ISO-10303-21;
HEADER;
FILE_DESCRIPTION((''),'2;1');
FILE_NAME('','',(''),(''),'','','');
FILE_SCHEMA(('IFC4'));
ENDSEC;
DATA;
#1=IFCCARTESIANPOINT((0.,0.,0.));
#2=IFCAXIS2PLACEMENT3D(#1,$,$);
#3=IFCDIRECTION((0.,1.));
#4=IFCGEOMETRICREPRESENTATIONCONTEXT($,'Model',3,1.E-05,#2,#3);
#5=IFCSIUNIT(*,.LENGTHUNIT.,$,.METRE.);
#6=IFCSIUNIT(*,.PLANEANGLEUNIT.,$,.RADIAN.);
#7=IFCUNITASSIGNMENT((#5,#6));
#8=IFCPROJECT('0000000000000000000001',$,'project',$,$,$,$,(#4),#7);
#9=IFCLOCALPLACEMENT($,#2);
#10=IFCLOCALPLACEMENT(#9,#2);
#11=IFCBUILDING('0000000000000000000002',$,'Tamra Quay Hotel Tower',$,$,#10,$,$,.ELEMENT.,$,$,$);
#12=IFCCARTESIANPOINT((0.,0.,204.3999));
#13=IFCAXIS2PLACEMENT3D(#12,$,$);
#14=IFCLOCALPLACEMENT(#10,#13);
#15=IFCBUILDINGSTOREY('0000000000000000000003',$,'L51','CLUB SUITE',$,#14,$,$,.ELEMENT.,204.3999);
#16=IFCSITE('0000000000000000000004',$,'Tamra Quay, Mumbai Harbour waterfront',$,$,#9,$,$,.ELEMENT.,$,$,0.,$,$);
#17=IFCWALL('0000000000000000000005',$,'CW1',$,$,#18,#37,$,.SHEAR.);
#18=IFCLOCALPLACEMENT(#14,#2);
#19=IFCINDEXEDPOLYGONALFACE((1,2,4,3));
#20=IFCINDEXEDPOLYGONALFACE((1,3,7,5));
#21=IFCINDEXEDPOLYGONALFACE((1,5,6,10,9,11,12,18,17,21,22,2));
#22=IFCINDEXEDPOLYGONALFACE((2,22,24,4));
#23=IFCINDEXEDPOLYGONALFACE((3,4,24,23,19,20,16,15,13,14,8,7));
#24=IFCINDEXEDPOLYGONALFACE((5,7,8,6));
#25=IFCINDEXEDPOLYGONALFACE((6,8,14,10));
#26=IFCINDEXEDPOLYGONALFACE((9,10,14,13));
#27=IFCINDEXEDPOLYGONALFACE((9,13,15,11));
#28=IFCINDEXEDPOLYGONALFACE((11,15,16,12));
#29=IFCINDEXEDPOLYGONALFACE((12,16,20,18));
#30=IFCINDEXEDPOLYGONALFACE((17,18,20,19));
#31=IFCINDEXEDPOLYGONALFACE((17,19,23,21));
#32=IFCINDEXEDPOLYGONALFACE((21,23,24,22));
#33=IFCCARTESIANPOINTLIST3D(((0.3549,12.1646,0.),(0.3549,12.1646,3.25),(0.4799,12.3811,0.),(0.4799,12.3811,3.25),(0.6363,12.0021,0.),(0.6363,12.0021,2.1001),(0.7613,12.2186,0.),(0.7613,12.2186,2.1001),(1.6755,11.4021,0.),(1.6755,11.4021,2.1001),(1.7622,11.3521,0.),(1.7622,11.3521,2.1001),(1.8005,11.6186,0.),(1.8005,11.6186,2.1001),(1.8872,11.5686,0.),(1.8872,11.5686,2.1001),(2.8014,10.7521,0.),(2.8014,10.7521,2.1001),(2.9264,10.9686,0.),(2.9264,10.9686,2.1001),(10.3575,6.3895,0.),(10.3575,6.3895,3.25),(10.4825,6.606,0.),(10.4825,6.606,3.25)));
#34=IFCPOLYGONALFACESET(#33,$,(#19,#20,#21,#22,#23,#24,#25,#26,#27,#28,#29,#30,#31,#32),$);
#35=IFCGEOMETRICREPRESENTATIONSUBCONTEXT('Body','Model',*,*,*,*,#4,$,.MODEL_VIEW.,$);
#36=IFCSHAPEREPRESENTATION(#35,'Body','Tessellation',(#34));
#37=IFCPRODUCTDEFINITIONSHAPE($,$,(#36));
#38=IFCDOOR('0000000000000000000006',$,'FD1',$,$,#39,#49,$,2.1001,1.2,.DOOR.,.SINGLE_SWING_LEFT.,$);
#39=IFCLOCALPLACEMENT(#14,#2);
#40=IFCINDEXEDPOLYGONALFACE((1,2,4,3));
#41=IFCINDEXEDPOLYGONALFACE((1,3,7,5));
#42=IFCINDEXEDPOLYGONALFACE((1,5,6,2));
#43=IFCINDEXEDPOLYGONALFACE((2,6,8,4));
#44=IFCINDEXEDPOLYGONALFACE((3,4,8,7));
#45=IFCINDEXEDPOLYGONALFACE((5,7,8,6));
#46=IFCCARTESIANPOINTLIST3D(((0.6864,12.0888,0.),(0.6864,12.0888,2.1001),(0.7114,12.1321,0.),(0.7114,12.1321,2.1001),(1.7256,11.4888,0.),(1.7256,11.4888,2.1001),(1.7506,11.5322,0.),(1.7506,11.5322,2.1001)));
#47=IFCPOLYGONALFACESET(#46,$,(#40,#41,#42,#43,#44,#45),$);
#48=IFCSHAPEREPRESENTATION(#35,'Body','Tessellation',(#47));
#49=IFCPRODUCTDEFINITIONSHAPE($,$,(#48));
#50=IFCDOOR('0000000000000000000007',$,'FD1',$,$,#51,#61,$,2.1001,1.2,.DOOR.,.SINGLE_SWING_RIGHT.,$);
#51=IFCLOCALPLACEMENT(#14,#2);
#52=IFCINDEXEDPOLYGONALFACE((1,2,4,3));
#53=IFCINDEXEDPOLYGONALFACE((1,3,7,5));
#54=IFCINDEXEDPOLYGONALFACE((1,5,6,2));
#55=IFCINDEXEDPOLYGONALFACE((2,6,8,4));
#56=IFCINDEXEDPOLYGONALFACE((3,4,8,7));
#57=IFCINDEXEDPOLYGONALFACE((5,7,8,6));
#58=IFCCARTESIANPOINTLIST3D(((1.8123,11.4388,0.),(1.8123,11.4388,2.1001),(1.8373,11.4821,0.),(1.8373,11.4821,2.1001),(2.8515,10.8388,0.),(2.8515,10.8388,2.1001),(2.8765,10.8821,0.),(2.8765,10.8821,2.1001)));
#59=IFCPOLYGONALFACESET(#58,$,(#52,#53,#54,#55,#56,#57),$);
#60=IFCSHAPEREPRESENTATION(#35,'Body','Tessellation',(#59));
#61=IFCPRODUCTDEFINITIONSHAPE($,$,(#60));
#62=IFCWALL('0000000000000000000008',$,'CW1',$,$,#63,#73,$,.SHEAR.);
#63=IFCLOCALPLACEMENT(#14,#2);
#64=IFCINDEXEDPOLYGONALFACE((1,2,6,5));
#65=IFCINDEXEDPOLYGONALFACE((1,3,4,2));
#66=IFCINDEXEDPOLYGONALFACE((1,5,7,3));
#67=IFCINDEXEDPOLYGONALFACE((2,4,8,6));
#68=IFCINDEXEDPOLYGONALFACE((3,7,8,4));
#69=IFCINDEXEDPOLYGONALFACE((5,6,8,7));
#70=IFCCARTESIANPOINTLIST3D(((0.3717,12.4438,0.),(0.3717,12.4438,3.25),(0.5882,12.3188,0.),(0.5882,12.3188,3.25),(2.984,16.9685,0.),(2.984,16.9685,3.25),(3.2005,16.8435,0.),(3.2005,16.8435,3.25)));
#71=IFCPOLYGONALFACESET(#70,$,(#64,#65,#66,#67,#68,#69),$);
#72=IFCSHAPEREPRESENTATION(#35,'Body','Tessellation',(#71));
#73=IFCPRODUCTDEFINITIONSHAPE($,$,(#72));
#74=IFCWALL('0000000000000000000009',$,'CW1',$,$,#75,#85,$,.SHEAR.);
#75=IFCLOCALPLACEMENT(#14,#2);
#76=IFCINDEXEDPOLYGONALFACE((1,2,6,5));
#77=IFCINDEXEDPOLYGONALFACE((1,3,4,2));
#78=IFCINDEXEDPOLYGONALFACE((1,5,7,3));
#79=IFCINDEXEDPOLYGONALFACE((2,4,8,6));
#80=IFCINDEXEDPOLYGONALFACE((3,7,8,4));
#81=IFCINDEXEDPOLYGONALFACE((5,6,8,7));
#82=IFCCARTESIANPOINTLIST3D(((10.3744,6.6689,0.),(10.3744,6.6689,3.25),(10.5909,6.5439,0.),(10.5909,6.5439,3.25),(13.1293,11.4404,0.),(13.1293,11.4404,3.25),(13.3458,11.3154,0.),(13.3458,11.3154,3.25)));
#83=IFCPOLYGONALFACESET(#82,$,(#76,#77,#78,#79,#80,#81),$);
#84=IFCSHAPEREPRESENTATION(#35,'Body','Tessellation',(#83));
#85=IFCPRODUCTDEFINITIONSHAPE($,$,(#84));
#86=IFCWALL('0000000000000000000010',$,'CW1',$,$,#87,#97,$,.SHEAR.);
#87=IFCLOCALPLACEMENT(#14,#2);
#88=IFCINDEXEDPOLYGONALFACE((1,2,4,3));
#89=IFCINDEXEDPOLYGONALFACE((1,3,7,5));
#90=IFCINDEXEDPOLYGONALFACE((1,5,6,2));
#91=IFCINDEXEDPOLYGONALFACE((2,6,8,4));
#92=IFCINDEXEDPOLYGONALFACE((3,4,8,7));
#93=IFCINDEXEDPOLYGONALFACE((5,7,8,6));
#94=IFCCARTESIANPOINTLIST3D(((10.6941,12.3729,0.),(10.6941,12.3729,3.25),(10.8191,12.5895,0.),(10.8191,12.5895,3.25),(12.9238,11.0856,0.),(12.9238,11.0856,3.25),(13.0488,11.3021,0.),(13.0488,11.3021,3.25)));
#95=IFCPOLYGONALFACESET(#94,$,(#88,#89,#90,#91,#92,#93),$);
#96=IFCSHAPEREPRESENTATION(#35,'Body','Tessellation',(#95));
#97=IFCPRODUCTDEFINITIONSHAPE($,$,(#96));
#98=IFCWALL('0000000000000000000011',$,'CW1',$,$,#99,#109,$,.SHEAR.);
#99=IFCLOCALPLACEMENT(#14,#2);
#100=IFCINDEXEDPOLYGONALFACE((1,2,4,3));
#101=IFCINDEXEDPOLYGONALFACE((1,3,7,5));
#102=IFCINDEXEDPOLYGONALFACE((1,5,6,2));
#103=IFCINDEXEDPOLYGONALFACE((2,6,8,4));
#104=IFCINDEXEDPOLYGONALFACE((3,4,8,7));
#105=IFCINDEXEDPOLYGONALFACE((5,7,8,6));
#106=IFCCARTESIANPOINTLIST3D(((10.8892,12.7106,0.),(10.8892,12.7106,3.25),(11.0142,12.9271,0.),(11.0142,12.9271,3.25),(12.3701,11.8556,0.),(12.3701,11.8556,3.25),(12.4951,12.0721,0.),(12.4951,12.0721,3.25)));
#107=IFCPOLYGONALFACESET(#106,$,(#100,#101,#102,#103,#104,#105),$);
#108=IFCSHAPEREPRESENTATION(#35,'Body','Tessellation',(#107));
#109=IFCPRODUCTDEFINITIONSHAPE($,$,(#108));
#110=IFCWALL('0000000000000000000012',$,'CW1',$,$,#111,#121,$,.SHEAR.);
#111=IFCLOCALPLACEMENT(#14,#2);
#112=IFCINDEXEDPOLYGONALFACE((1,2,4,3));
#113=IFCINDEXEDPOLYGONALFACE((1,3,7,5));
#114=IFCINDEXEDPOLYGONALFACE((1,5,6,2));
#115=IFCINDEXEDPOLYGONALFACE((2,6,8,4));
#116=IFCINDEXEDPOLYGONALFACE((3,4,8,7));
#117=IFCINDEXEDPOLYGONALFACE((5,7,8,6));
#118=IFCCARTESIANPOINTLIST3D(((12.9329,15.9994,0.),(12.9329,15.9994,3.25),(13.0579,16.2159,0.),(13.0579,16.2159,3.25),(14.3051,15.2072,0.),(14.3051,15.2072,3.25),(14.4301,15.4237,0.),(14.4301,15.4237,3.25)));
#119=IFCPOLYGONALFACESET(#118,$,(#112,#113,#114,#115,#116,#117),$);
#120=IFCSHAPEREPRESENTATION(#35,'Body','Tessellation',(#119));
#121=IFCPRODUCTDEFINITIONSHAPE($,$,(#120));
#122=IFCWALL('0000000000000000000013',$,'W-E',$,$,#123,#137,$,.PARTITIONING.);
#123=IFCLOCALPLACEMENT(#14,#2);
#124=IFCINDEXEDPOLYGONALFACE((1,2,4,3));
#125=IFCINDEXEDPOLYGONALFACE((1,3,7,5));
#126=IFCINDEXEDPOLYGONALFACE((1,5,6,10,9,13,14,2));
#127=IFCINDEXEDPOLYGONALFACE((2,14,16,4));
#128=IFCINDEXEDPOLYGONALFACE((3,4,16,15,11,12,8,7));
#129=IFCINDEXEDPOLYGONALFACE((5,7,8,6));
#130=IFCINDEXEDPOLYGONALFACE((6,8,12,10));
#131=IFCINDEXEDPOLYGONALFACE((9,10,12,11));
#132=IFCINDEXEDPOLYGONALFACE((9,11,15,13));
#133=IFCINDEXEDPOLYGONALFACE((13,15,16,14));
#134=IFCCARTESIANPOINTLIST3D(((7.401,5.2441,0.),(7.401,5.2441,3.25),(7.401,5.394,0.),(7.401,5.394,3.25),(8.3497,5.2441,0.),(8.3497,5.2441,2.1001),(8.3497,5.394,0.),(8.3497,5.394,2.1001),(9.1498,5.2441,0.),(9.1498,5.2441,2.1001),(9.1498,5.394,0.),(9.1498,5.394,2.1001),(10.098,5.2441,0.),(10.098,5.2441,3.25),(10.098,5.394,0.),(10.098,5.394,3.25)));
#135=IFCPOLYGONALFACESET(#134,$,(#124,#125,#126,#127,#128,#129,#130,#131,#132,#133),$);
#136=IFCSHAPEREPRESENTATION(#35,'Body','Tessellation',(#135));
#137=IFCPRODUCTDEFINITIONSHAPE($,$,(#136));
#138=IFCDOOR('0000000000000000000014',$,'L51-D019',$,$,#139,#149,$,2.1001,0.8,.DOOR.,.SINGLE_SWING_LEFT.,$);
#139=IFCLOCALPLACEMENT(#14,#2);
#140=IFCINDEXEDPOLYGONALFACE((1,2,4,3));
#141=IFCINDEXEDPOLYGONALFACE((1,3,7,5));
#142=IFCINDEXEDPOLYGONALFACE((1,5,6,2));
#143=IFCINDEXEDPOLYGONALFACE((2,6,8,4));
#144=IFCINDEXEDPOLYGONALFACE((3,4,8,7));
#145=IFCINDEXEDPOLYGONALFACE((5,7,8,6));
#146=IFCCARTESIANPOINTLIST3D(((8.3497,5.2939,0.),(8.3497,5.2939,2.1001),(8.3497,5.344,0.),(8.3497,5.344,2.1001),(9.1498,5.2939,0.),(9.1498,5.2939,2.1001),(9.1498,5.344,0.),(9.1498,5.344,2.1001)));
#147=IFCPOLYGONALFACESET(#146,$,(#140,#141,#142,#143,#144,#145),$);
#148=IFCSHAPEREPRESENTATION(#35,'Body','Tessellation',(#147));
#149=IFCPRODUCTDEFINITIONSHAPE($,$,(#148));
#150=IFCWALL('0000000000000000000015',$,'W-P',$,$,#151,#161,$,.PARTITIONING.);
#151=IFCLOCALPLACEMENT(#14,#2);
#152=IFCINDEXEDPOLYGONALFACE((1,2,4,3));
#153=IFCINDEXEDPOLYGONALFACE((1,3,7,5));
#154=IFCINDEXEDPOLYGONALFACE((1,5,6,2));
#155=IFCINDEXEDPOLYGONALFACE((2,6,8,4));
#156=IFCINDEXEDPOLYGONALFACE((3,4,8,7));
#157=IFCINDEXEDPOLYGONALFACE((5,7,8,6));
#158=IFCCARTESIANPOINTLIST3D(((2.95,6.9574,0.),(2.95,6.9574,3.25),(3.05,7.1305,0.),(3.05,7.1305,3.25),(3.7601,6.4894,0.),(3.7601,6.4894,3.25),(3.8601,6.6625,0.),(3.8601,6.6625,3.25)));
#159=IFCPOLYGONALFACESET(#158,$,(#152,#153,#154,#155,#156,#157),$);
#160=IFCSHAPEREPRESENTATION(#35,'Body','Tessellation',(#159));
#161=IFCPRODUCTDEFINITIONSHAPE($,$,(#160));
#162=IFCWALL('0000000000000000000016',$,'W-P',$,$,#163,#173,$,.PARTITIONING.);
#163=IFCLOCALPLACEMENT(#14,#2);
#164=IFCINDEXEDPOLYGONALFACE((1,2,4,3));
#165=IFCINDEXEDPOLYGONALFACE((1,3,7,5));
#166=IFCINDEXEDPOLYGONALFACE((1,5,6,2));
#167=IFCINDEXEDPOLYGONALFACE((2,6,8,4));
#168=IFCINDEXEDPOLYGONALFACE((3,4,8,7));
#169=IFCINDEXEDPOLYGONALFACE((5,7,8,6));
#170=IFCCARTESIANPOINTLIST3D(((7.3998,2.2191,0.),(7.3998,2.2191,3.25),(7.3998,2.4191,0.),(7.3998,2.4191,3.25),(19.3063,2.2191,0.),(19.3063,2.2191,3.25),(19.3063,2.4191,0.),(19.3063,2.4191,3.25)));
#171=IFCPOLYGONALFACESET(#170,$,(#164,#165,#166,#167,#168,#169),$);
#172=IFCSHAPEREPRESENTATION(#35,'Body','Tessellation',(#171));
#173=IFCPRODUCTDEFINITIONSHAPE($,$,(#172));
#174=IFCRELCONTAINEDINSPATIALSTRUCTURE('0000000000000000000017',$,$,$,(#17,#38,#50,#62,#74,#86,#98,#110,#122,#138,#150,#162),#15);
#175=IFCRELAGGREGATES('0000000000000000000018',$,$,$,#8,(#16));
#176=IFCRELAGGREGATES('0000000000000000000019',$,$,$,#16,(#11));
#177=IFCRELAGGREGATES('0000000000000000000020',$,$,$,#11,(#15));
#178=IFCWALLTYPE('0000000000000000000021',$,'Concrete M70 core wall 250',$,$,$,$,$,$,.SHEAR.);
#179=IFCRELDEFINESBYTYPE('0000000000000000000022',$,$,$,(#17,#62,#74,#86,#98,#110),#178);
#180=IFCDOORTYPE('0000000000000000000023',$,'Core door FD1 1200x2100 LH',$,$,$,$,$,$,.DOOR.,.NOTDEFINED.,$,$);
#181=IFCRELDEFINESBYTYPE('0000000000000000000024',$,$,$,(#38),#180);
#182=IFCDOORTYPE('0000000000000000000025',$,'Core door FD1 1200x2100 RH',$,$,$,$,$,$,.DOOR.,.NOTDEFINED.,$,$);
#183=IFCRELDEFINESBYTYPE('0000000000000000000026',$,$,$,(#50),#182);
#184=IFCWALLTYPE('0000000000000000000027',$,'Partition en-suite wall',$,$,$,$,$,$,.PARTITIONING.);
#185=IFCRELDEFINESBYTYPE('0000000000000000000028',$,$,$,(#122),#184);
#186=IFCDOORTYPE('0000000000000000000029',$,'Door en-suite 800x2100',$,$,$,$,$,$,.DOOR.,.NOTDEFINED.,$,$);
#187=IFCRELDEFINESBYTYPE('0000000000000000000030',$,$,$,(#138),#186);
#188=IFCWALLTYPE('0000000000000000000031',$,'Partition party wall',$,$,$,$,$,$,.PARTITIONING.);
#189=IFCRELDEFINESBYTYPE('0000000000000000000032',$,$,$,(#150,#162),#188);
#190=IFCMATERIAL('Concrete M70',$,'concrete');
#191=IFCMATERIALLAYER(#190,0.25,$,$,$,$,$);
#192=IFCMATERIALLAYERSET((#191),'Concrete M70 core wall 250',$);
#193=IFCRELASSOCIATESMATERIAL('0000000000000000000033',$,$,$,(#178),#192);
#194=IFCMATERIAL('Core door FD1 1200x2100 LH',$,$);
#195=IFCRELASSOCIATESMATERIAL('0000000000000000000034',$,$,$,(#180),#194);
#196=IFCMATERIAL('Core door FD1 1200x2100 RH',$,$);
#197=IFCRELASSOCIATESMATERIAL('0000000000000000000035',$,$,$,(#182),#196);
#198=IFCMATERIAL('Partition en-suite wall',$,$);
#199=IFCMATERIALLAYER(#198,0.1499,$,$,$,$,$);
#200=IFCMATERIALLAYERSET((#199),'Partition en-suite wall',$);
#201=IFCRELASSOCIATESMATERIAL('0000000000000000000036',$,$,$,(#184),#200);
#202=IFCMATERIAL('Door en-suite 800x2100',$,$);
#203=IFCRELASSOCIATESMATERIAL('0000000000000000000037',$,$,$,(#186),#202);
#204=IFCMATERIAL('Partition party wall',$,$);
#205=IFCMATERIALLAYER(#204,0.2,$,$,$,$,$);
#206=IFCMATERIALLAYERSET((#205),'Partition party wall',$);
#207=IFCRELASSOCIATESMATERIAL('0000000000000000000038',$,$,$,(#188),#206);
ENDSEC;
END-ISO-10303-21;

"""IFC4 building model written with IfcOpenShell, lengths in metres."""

from ifc_helpers import new_model, si_unit, direction, frame, frame_2d, origin, place, context, subcontext, project, spatial, rectangle, extrude, material, layer, layer_set, type_object, element, fill, save


model = new_model("IFC4")

# Units and contexts
model_context = context("Model", 3, precision=1e-05, world=origin(), true_north=direction((0.0, 1.0)))
body_context = subcontext(model_context, "Body", "Model", "MODEL_VIEW")
ifc_project = project(units=[si_unit("LENGTHUNIT", "METRE"), si_unit("PLANEANGLEUNIT", "RADIAN")], contexts=[model_context])

# Site, building, storey
site_placement = place(None, origin())
site = spatial("IfcSite", under=ifc_project, at=site_placement, Name="Tamra Quay, Mumbai Harbour waterfront", CompositionType="ELEMENT", RefElevation=0.0)
building_placement = place(site_placement, origin())
building = spatial("IfcBuilding", under=site, at=building_placement, Name="Tamra Quay Hotel Tower", CompositionType="ELEMENT")
storey_placement = place(building_placement, frame((0.0, 0.0, 204.3999)))
storey = spatial("IfcBuildingStorey", under=building, at=storey_placement, Name="L51", Description="CLUB SUITE", CompositionType="ELEMENT", Elevation=204.3999)

# Shared definitions
ifc_material_1 = material(Name="Concrete M70", Category="concrete")

# Wall, openings, doors
ifc_layer_1 = layer(ifc_material_1, 0.25)
ifc_layer_set_1 = layer_set([ifc_layer_1], Name="Concrete M70 core wall 250")
wall_type_1 = type_object("IfcWallType", Name="Concrete M70 core wall 250", PredefinedType="SHEAR", material=ifc_layer_set_1)
wall_1_placement = place(storey_placement, frame((10.4199, 6.4978, 0.0), z_axis=(0.0, 0.0, 1.0), x_axis=(-0.866022, 0.500006, 0.0)))
wall_1 = element("IfcWall", 1, at=wall_1_placement, inside=storey, type_object=wall_type_1, Name="CW1", PredefinedType="SHEAR", context=body_context, shape_type="SweptSolid", body=[
    extrude(rectangle(XDim=11.55, YDim=0.25, at=frame_2d((5.7749, 0.0))), origin(), (0.0, 0.0, 1.0), 3.25),
])
opening_1_placement = place(wall_1_placement, frame((10.0249, 0.0, 0.0)))
opening_1 = element("IfcOpeningElement", 2, at=opening_1_placement, cuts=wall_1, PredefinedType="OPENING", context=body_context, shape_type="SweptSolid", body=[
    extrude(rectangle(XDim=1.2, YDim=2.1001, at=frame_2d((0.6001, 1.05))), frame((0.0, 0.135, 0.0), z_axis=(0.0, -1.0, 0.0), x_axis=(1.0, 0.0, 0.0)), (0.0, 0.0, 1.0), 0.27),
])
opening_2_placement = place(wall_1_placement, frame((8.7249, 0.0, 0.0)))
opening_2 = element("IfcOpeningElement", 3, at=opening_2_placement, cuts=wall_1, PredefinedType="OPENING", context=body_context, shape_type="SweptSolid", body=[
    extrude(rectangle(XDim=1.2, YDim=2.1001, at=frame_2d((0.6001, 1.05))), frame((0.0, 0.135, 0.0), z_axis=(0.0, -1.0, 0.0), x_axis=(1.0, 0.0, 0.0)), (0.0, 0.0, 1.0), 0.27),
])
ifc_material_2 = material(Name="Core door FD1 1200x2100 LH")
door_type_1 = type_object("IfcDoorType", Name="Core door FD1 1200x2100 LH", OperationType="NOTDEFINED", PredefinedType="DOOR", material=ifc_material_2)
door_1_placement = place(opening_1_placement, origin())
door_1 = element("IfcDoor", 4, at=door_1_placement, inside=storey, type_object=door_type_1, Name="FD1", OperationType="SINGLE_SWING_LEFT", OverallHeight=2.1001, OverallWidth=1.2, PredefinedType="DOOR", context=body_context, shape_type="SweptSolid", body=[
    extrude(rectangle(XDim=1.2, YDim=2.1001, at=frame_2d((0.6001, 1.05))), frame((0.0, 0.0249, 0.0), z_axis=(0.0, -1.0, 0.0), x_axis=(1.0, 0.0, 0.0)), (0.0, 0.0, 1.0), 0.05),
])
fill(opening_1, door_1)
ifc_material_3 = material(Name="Core door FD1 1200x2100 RH")
door_type_2 = type_object("IfcDoorType", Name="Core door FD1 1200x2100 RH", OperationType="NOTDEFINED", PredefinedType="DOOR", material=ifc_material_3)
door_2_placement = place(opening_2_placement, origin())
door_2 = element("IfcDoor", 5, at=door_2_placement, inside=storey, type_object=door_type_2, Name="FD1", OperationType="SINGLE_SWING_RIGHT", OverallHeight=2.1001, OverallWidth=1.2, PredefinedType="DOOR", context=body_context, shape_type="SweptSolid", body=[
    extrude(rectangle(XDim=1.2, YDim=2.1001, at=frame_2d((0.6001, 1.05))), frame((0.0, 0.0249, 0.0), z_axis=(0.0, -1.0, 0.0), x_axis=(1.0, 0.0, 0.0)), (0.0, 0.0, 1.0), 0.05),
])
fill(opening_2, door_2)

# Walls
wall_2_placement = place(storey_placement, frame((0.48, 12.3813, 0.0), z_axis=(0.0, 0.0, 1.0), x_axis=(0.499999, 0.866026, 0.0)))
element("IfcWall", 6, at=wall_2_placement, inside=storey, type_object=wall_type_1, Name="CW1", PredefinedType="SHEAR", context=body_context, shape_type="SweptSolid", body=[
    extrude(rectangle(XDim=5.2246, YDim=0.25, at=frame_2d((2.6123, 0.0))), origin(), (0.0, 0.0, 1.0), 3.25),
])
wall_3_placement = place(storey_placement, frame((13.2375, 11.3779, 0.0), z_axis=(0.0, 0.0, 1.0), x_axis=(-0.500009, -0.86602, 0.0)))
element("IfcWall", 7, at=wall_3_placement, inside=storey, type_object=wall_type_1, Name="CW1", PredefinedType="SHEAR", context=body_context, shape_type="SweptSolid", body=[
    extrude(rectangle(XDim=5.5098, YDim=0.25, at=frame_2d((2.7549, 0.0))), origin(), (0.0, 0.0, 1.0), 3.25),
])
wall_4_placement = place(storey_placement, frame((10.7566, 12.4812, 0.0), z_axis=(0.0, 0.0, 1.0), x_axis=(0.866023, -0.500004, 0.0)))
element("IfcWall", 8, at=wall_4_placement, inside=storey, type_object=wall_type_1, Name="CW1", PredefinedType="SHEAR", context=body_context, shape_type="SweptSolid", body=[
    extrude(rectangle(XDim=2.5747, YDim=0.25, at=frame_2d((1.2874, 0.0))), origin(), (0.0, 0.0, 1.0), 3.25),
])
wall_5_placement = place(storey_placement, frame((12.4326, 11.9639, 0.0), z_axis=(0.0, 0.0, 1.0), x_axis=(-0.866038, 0.499978, 0.0)))
element("IfcWall", 9, at=wall_5_placement, inside=storey, type_object=wall_type_1, Name="CW1", PredefinedType="SHEAR", context=body_context, shape_type="SweptSolid", body=[
    extrude(rectangle(XDim=1.71, YDim=0.25, at=frame_2d((0.855, 0.0))), origin(), (0.0, 0.0, 1.0), 3.25),
])
wall_6_placement = place(storey_placement, frame((12.9954, 16.1077, 0.0), z_axis=(0.0, 0.0, 1.0), x_axis=(0.866044, -0.499967, 0.0)))
element("IfcWall", 10, at=wall_6_placement, inside=storey, type_object=wall_type_1, Name="CW1", PredefinedType="SHEAR", context=body_context, shape_type="SweptSolid", body=[
    extrude(rectangle(XDim=1.5845, YDim=0.25, at=frame_2d((0.7922, 0.0))), origin(), (0.0, 0.0, 1.0), 3.25),
])

# Wall, opening, door
ifc_material_4 = material(Name="Partition en-suite wall")
ifc_layer_2 = layer(ifc_material_4, 0.1499)
ifc_layer_set_2 = layer_set([ifc_layer_2], Name="Partition en-suite wall")
wall_type_2 = type_object("IfcWallType", Name="Partition en-suite wall", PredefinedType="PARTITIONING", material=ifc_layer_set_2)
wall_7_placement = place(storey_placement, frame((7.4009, 5.3191, 0.0), z_axis=(0.0, 0.0, 1.0), x_axis=(1.0, 0.0, 0.0)))
wall_7 = element("IfcWall", 11, at=wall_7_placement, inside=storey, type_object=wall_type_2, Name="W-E", PredefinedType="PARTITIONING", context=body_context, shape_type="SweptSolid", body=[
    extrude(rectangle(XDim=2.697, YDim=0.1499, at=frame_2d((1.3486, 0.0))), origin(), (0.0, 0.0, 1.0), 3.25),
])
opening_3_placement = place(wall_7_placement, frame((0.949, 0.0, 0.0)))
opening_3 = element("IfcOpeningElement", 12, at=opening_3_placement, cuts=wall_7, PredefinedType="OPENING", context=body_context, shape_type="SweptSolid", body=[
    extrude(rectangle(XDim=0.8, YDim=2.1001, at=frame_2d((0.3999, 1.05))), frame((0.0, 0.085, 0.0), z_axis=(0.0, -1.0, 0.0), x_axis=(1.0, 0.0, 0.0)), (0.0, 0.0, 1.0), 0.1699),
])
ifc_material_5 = material(Name="Door en-suite 800x2100")
door_type_3 = type_object("IfcDoorType", Name="Door en-suite 800x2100", OperationType="NOTDEFINED", PredefinedType="DOOR", material=ifc_material_5)
door_3_placement = place(opening_3_placement, origin())
door_3 = element("IfcDoor", 13, at=door_3_placement, inside=storey, type_object=door_type_3, Name="L51-D019", OperationType="SINGLE_SWING_LEFT", OverallHeight=2.1001, OverallWidth=0.8, PredefinedType="DOOR", context=body_context, shape_type="SweptSolid", body=[
    extrude(rectangle(XDim=0.8, YDim=2.1001, at=frame_2d((0.3999, 1.05))), frame((0.0, 0.0249, 0.0), z_axis=(0.0, -1.0, 0.0), x_axis=(1.0, 0.0, 0.0)), (0.0, 0.0, 1.0), 0.05),
])
fill(opening_3, door_3)

# Walls
ifc_material_6 = material(Name="Partition party wall")
ifc_layer_3 = layer(ifc_material_6, 0.2)
ifc_layer_set_3 = layer_set([ifc_layer_3], Name="Partition party wall")
wall_type_3 = type_object("IfcWallType", Name="Partition party wall", PredefinedType="PARTITIONING", material=ifc_layer_set_3)
wall_8_placement = place(storey_placement, frame((3.0, 7.0439, 0.0), z_axis=(0.0, 0.0, 1.0), x_axis=(0.865873, -0.500265, 0.0)))
element("IfcWall", 14, at=wall_8_placement, inside=storey, type_object=wall_type_3, Name="W-P", PredefinedType="PARTITIONING", context=body_context, shape_type="SweptSolid", body=[
    extrude(rectangle(XDim=0.9355, YDim=0.2, at=frame_2d((0.4678, 0.0))), origin(), (0.0, 0.0, 1.0), 3.25),
])
wall_9_placement = place(storey_placement, frame((7.3999, 2.3191, 0.0), z_axis=(0.0, 0.0, 1.0), x_axis=(1.0, 0.0, 0.0)))
element("IfcWall", 15, at=wall_9_placement, inside=storey, type_object=wall_type_3, Name="W-P", PredefinedType="PARTITIONING", context=body_context, shape_type="SweptSolid", body=[
    extrude(rectangle(XDim=11.9065, YDim=0.2, at=frame_2d((5.9531, 0.0))), origin(), (0.0, 0.0, 1.0), 3.25),
])

save(model, "model.ifc")
